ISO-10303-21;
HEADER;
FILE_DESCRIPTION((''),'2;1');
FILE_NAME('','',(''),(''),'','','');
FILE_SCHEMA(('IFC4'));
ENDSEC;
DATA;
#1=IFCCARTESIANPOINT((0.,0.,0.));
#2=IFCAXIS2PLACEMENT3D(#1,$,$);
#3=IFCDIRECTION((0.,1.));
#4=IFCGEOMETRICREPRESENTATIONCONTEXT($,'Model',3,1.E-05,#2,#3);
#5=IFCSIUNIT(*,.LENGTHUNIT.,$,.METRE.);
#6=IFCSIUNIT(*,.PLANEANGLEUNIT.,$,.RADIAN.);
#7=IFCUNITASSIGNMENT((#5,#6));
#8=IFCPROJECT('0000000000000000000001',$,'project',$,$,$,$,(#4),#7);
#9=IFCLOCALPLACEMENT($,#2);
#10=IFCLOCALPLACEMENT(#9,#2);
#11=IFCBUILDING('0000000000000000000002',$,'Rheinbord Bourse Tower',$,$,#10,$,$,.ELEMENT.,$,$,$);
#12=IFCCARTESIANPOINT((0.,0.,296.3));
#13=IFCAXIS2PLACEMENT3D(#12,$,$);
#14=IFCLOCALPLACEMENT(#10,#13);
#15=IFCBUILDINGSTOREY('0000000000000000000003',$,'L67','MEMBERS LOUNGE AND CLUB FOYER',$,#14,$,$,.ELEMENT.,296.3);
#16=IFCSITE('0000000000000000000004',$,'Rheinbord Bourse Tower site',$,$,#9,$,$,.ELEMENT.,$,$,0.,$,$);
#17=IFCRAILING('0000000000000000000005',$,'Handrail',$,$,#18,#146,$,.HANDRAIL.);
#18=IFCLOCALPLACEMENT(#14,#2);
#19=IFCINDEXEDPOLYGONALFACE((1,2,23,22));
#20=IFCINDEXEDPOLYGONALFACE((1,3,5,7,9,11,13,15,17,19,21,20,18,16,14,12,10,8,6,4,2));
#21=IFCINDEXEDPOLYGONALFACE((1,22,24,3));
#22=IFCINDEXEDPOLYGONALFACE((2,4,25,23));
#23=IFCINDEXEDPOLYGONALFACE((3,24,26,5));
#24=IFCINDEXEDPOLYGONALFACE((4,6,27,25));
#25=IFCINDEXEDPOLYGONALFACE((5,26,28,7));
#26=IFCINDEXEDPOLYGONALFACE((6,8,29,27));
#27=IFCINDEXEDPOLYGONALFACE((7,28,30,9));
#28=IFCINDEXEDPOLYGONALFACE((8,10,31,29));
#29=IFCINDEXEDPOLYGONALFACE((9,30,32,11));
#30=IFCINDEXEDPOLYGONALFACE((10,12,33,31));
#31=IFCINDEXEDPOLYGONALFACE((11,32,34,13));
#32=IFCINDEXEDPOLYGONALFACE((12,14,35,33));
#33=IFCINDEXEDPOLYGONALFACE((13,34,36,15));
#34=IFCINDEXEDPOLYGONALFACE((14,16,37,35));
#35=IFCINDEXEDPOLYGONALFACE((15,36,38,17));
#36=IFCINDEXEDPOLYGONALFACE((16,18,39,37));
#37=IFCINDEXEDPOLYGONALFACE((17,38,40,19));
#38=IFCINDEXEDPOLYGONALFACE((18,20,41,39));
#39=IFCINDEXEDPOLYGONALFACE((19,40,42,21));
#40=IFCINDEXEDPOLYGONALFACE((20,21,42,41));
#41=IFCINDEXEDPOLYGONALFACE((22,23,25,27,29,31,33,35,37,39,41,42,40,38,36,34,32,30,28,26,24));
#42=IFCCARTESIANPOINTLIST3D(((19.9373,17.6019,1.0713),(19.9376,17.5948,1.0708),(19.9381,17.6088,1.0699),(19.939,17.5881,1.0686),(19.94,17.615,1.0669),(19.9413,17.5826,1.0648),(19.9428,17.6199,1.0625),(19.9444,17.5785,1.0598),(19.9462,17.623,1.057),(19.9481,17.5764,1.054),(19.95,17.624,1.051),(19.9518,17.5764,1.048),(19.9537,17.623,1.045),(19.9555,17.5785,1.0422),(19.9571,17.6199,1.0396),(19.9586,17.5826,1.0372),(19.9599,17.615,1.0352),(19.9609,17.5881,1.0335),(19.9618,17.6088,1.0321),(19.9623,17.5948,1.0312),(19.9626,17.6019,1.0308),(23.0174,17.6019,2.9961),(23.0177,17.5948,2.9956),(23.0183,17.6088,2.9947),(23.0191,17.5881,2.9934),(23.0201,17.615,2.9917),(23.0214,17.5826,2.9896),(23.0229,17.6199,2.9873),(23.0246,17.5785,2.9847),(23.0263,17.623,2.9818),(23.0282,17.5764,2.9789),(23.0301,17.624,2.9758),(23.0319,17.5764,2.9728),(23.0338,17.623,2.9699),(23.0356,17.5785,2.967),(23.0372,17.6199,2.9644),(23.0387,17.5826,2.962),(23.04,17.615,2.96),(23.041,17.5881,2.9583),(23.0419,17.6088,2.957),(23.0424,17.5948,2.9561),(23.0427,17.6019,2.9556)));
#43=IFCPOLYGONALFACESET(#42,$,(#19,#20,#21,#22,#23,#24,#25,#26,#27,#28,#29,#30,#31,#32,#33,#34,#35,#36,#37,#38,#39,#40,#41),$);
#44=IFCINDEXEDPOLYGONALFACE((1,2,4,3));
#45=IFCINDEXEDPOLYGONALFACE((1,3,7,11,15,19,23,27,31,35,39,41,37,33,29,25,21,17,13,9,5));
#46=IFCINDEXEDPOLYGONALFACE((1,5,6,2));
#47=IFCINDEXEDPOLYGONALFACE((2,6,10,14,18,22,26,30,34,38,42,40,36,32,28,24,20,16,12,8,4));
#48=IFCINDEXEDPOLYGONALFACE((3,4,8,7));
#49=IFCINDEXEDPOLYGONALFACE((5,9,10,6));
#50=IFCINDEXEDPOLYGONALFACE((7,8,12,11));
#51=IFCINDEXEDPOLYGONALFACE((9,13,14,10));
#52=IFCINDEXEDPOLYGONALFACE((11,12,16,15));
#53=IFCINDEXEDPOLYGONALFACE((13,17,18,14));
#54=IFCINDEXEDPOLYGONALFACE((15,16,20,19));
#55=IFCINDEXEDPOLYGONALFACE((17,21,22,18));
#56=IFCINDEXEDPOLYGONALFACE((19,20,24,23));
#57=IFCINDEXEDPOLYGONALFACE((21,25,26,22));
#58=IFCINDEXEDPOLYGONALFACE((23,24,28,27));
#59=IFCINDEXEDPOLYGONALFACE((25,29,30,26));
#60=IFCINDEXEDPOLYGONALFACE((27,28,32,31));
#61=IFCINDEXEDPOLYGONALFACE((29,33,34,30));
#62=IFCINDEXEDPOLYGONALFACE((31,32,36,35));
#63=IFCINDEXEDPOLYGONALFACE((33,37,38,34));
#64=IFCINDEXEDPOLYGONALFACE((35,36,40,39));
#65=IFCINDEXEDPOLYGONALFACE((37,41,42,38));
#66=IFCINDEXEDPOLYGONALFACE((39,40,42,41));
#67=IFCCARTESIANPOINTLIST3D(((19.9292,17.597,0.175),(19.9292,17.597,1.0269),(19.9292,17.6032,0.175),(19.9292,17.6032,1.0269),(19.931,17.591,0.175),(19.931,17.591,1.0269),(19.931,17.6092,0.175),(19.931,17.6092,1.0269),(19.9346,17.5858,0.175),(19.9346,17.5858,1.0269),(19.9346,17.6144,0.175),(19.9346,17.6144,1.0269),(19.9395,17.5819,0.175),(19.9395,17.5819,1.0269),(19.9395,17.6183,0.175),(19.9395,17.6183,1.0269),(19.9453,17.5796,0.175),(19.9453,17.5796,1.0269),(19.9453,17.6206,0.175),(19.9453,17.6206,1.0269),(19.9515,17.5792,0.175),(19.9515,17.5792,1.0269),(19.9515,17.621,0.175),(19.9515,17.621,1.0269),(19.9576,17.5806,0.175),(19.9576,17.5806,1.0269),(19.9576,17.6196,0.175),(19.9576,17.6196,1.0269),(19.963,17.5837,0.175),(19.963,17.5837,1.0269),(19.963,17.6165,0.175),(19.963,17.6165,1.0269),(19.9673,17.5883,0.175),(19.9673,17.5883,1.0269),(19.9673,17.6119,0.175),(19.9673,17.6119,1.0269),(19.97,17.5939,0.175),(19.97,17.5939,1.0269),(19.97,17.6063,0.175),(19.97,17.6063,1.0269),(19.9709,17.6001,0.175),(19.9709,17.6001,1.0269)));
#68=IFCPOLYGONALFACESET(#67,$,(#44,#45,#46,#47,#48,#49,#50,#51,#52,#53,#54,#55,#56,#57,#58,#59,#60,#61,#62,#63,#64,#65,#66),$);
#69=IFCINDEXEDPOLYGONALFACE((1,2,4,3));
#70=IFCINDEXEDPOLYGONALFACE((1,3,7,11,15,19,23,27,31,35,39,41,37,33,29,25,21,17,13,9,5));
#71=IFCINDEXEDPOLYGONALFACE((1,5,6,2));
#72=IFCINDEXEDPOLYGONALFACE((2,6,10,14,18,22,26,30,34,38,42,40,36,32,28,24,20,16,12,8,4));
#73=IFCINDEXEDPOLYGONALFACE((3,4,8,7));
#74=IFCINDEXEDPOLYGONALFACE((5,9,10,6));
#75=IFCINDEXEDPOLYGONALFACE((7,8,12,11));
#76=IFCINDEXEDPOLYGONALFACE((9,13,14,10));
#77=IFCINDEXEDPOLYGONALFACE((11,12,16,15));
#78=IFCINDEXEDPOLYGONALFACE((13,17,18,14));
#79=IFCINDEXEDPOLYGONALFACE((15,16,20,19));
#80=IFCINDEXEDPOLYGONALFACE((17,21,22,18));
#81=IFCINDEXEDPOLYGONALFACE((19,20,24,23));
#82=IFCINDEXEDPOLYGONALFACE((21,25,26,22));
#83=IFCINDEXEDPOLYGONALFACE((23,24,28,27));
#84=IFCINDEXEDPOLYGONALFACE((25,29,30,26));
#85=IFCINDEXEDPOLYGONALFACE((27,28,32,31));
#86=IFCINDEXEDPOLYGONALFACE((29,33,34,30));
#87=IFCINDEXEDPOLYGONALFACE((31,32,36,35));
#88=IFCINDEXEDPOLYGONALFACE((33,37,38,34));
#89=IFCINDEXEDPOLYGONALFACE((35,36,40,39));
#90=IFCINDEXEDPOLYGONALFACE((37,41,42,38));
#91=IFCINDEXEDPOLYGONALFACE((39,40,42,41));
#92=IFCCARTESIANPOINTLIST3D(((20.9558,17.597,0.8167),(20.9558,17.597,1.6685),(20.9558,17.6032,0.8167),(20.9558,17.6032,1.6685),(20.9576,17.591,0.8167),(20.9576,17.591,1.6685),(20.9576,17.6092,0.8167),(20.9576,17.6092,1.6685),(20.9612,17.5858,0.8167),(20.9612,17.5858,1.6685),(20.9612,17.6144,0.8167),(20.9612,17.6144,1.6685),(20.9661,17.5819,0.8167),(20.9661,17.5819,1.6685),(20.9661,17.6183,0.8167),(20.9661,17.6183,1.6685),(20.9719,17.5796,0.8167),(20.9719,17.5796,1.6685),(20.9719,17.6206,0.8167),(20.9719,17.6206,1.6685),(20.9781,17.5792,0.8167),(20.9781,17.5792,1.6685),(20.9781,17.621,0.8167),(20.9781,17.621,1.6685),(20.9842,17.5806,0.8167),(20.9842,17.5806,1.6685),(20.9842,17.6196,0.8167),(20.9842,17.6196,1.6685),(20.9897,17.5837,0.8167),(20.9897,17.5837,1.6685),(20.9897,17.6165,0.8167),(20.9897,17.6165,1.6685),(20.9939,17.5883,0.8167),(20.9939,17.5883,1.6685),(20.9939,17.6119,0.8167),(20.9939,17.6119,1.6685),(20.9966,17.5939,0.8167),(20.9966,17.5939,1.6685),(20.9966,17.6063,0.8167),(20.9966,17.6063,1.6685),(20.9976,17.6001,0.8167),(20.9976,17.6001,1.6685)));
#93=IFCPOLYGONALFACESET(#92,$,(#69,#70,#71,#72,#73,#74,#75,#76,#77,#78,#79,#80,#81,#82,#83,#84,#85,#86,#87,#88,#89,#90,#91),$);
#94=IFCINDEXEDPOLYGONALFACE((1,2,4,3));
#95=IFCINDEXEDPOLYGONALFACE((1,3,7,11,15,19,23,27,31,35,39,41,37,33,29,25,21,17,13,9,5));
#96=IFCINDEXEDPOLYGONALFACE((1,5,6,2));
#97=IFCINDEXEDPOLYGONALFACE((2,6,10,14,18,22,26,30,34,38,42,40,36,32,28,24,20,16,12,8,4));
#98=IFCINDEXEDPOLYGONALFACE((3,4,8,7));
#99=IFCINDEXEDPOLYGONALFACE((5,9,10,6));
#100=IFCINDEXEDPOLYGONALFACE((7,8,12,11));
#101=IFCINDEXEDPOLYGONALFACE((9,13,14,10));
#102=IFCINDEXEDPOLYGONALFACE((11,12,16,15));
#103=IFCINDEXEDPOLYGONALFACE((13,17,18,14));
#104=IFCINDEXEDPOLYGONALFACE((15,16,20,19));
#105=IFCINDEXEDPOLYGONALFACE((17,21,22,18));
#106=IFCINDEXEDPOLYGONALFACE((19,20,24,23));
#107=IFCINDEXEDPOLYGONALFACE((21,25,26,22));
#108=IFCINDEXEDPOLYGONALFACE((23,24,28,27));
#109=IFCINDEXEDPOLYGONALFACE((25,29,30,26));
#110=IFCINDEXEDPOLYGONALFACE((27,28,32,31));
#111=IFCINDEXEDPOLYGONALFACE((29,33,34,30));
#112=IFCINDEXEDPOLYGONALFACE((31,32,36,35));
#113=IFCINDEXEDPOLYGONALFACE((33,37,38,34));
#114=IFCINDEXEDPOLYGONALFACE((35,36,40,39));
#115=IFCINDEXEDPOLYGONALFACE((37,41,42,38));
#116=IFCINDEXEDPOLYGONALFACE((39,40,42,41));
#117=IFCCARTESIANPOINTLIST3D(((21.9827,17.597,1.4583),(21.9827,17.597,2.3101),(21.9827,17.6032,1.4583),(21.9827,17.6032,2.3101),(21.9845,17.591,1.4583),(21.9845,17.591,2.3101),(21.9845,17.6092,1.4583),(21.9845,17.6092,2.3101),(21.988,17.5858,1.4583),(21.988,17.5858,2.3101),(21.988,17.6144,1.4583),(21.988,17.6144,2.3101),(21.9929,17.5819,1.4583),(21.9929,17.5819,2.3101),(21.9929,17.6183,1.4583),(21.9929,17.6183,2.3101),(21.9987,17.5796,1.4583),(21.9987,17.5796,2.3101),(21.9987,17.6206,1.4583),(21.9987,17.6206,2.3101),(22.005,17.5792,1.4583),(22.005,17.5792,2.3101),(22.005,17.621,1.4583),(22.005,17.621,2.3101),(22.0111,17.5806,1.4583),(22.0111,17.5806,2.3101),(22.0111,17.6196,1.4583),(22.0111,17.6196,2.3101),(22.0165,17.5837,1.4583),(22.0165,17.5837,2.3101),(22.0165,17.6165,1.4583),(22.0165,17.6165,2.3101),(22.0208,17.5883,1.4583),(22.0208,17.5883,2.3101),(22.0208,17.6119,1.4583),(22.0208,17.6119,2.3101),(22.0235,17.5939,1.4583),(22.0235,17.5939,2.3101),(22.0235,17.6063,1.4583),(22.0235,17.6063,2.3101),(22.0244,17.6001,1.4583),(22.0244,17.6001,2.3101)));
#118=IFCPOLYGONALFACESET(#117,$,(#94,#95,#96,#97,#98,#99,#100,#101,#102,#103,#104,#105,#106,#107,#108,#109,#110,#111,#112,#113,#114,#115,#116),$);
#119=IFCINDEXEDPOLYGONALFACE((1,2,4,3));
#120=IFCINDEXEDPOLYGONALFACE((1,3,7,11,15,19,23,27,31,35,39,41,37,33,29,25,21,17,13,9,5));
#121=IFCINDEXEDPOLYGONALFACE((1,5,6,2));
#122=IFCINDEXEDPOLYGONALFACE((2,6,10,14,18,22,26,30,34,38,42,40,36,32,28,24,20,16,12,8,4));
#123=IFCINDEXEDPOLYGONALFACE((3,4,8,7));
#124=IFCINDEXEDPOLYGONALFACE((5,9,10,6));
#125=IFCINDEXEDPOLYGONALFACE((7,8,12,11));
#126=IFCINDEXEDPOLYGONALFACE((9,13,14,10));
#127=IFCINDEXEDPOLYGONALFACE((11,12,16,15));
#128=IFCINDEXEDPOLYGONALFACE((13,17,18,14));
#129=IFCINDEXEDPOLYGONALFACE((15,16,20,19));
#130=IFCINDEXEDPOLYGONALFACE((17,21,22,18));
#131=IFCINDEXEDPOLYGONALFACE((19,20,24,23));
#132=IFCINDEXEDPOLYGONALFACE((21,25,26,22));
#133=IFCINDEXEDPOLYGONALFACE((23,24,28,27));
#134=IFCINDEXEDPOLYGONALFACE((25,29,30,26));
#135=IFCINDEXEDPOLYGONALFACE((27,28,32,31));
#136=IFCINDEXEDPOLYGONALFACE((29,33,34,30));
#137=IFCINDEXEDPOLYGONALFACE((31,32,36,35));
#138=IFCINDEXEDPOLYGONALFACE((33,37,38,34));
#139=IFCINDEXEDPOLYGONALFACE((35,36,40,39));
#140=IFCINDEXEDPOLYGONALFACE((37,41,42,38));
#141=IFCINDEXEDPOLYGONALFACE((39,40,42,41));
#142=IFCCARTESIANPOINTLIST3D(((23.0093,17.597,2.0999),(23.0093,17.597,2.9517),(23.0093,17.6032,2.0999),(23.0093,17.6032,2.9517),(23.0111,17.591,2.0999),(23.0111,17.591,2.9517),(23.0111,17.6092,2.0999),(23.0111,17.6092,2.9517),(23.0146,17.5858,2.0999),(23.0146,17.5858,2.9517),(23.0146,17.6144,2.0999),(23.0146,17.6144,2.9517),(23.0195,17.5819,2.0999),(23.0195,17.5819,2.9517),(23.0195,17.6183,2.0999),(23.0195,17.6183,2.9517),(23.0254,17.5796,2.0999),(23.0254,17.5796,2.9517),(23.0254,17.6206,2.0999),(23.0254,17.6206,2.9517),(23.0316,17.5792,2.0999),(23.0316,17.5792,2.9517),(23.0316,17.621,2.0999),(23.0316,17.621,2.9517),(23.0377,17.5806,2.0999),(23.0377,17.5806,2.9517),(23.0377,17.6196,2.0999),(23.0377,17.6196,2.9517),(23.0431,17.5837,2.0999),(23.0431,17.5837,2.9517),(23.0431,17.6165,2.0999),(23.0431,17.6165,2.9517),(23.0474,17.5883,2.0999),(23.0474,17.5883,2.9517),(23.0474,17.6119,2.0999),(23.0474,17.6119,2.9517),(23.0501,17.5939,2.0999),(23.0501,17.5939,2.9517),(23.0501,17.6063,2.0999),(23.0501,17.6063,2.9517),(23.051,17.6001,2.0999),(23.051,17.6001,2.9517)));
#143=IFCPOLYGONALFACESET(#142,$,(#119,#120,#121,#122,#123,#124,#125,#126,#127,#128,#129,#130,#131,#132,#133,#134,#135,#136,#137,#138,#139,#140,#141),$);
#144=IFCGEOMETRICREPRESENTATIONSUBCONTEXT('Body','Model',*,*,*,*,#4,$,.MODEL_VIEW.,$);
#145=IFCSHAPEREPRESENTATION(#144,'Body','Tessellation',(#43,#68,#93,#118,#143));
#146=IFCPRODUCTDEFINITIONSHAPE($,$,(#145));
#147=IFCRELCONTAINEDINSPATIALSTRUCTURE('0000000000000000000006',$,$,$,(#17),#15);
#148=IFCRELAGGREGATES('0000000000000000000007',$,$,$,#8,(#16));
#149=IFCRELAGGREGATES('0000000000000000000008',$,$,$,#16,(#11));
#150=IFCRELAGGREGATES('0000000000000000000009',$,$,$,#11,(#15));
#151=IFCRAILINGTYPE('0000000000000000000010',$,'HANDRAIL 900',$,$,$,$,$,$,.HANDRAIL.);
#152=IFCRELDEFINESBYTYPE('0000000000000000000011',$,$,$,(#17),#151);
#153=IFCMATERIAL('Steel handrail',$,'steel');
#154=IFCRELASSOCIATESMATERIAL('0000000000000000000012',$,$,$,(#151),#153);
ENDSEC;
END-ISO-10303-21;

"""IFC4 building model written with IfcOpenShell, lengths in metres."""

from ifc_helpers import new_model, si_unit, direction, frame, origin, origin_2d, place, context, subcontext, project, spatial, circle, extrude, material, type_object, element, save


model = new_model("IFC4")

# Units and contexts
model_context = context("Model", 3, precision=1e-05, world=origin(), true_north=direction((0.0, 1.0)))
body_context = subcontext(model_context, "Body", "Model", "MODEL_VIEW")
ifc_project = project(units=[si_unit("LENGTHUNIT", "METRE"), si_unit("PLANEANGLEUNIT", "RADIAN")], contexts=[model_context])

# Site, building, storey
site_placement = place(None, origin())
site = spatial("IfcSite", under=ifc_project, at=site_placement, Name="Rheinbord Bourse Tower site", CompositionType="ELEMENT", RefElevation=0.0)
building_placement = place(site_placement, origin())
building = spatial("IfcBuilding", under=site, at=building_placement, Name="Rheinbord Bourse Tower", CompositionType="ELEMENT")
storey_placement = place(building_placement, frame((0.0, 0.0, 296.3)))
storey = spatial("IfcBuildingStorey", under=building, at=storey_placement, Name="L67", Description="MEMBERS LOUNGE AND CLUB FOYER", CompositionType="ELEMENT", Elevation=296.3)

# Railing
ifc_material_1 = material(Name="Steel handrail", Category="steel")
railing_type = type_object("IfcRailingType", Name="HANDRAIL 900", PredefinedType="HANDRAIL", material=ifc_material_1)
railing_1_placement = place(storey_placement, frame((19.95, 17.6001, 0.175)))
element("IfcRailing", 1, at=railing_1_placement, inside=storey, type_object=railing_type, Name="Handrail", PredefinedType="HANDRAIL", context=body_context, shape_type="SweptSolid", body=[
    extrude(circle(Radius=0.0239, at=origin_2d()), frame((0.0, 0.0, 0.876), z_axis=(0.848029, 0.0, 0.529951), x_axis=(0.0, 1.0, 0.0)), (0.0, 0.0, 1.0), 3.6321),
    extrude(circle(Radius=0.021, at=origin_2d()), origin(), (0.0, 0.0, 1.0), 0.8518),
    extrude(circle(Radius=0.021, at=origin_2d()), frame((1.0266, 0.0, 0.6416)), (0.0, 0.0, 1.0), 0.8518),
    extrude(circle(Radius=0.021, at=origin_2d()), frame((2.0535, 0.0, 1.2832)), (0.0, 0.0, 1.0), 0.8518),
    extrude(circle(Radius=0.021, at=origin_2d()), frame((3.0801, 0.0, 1.9248)), (0.0, 0.0, 1.0), 0.8518),
])

save(model, "model.ifc")
